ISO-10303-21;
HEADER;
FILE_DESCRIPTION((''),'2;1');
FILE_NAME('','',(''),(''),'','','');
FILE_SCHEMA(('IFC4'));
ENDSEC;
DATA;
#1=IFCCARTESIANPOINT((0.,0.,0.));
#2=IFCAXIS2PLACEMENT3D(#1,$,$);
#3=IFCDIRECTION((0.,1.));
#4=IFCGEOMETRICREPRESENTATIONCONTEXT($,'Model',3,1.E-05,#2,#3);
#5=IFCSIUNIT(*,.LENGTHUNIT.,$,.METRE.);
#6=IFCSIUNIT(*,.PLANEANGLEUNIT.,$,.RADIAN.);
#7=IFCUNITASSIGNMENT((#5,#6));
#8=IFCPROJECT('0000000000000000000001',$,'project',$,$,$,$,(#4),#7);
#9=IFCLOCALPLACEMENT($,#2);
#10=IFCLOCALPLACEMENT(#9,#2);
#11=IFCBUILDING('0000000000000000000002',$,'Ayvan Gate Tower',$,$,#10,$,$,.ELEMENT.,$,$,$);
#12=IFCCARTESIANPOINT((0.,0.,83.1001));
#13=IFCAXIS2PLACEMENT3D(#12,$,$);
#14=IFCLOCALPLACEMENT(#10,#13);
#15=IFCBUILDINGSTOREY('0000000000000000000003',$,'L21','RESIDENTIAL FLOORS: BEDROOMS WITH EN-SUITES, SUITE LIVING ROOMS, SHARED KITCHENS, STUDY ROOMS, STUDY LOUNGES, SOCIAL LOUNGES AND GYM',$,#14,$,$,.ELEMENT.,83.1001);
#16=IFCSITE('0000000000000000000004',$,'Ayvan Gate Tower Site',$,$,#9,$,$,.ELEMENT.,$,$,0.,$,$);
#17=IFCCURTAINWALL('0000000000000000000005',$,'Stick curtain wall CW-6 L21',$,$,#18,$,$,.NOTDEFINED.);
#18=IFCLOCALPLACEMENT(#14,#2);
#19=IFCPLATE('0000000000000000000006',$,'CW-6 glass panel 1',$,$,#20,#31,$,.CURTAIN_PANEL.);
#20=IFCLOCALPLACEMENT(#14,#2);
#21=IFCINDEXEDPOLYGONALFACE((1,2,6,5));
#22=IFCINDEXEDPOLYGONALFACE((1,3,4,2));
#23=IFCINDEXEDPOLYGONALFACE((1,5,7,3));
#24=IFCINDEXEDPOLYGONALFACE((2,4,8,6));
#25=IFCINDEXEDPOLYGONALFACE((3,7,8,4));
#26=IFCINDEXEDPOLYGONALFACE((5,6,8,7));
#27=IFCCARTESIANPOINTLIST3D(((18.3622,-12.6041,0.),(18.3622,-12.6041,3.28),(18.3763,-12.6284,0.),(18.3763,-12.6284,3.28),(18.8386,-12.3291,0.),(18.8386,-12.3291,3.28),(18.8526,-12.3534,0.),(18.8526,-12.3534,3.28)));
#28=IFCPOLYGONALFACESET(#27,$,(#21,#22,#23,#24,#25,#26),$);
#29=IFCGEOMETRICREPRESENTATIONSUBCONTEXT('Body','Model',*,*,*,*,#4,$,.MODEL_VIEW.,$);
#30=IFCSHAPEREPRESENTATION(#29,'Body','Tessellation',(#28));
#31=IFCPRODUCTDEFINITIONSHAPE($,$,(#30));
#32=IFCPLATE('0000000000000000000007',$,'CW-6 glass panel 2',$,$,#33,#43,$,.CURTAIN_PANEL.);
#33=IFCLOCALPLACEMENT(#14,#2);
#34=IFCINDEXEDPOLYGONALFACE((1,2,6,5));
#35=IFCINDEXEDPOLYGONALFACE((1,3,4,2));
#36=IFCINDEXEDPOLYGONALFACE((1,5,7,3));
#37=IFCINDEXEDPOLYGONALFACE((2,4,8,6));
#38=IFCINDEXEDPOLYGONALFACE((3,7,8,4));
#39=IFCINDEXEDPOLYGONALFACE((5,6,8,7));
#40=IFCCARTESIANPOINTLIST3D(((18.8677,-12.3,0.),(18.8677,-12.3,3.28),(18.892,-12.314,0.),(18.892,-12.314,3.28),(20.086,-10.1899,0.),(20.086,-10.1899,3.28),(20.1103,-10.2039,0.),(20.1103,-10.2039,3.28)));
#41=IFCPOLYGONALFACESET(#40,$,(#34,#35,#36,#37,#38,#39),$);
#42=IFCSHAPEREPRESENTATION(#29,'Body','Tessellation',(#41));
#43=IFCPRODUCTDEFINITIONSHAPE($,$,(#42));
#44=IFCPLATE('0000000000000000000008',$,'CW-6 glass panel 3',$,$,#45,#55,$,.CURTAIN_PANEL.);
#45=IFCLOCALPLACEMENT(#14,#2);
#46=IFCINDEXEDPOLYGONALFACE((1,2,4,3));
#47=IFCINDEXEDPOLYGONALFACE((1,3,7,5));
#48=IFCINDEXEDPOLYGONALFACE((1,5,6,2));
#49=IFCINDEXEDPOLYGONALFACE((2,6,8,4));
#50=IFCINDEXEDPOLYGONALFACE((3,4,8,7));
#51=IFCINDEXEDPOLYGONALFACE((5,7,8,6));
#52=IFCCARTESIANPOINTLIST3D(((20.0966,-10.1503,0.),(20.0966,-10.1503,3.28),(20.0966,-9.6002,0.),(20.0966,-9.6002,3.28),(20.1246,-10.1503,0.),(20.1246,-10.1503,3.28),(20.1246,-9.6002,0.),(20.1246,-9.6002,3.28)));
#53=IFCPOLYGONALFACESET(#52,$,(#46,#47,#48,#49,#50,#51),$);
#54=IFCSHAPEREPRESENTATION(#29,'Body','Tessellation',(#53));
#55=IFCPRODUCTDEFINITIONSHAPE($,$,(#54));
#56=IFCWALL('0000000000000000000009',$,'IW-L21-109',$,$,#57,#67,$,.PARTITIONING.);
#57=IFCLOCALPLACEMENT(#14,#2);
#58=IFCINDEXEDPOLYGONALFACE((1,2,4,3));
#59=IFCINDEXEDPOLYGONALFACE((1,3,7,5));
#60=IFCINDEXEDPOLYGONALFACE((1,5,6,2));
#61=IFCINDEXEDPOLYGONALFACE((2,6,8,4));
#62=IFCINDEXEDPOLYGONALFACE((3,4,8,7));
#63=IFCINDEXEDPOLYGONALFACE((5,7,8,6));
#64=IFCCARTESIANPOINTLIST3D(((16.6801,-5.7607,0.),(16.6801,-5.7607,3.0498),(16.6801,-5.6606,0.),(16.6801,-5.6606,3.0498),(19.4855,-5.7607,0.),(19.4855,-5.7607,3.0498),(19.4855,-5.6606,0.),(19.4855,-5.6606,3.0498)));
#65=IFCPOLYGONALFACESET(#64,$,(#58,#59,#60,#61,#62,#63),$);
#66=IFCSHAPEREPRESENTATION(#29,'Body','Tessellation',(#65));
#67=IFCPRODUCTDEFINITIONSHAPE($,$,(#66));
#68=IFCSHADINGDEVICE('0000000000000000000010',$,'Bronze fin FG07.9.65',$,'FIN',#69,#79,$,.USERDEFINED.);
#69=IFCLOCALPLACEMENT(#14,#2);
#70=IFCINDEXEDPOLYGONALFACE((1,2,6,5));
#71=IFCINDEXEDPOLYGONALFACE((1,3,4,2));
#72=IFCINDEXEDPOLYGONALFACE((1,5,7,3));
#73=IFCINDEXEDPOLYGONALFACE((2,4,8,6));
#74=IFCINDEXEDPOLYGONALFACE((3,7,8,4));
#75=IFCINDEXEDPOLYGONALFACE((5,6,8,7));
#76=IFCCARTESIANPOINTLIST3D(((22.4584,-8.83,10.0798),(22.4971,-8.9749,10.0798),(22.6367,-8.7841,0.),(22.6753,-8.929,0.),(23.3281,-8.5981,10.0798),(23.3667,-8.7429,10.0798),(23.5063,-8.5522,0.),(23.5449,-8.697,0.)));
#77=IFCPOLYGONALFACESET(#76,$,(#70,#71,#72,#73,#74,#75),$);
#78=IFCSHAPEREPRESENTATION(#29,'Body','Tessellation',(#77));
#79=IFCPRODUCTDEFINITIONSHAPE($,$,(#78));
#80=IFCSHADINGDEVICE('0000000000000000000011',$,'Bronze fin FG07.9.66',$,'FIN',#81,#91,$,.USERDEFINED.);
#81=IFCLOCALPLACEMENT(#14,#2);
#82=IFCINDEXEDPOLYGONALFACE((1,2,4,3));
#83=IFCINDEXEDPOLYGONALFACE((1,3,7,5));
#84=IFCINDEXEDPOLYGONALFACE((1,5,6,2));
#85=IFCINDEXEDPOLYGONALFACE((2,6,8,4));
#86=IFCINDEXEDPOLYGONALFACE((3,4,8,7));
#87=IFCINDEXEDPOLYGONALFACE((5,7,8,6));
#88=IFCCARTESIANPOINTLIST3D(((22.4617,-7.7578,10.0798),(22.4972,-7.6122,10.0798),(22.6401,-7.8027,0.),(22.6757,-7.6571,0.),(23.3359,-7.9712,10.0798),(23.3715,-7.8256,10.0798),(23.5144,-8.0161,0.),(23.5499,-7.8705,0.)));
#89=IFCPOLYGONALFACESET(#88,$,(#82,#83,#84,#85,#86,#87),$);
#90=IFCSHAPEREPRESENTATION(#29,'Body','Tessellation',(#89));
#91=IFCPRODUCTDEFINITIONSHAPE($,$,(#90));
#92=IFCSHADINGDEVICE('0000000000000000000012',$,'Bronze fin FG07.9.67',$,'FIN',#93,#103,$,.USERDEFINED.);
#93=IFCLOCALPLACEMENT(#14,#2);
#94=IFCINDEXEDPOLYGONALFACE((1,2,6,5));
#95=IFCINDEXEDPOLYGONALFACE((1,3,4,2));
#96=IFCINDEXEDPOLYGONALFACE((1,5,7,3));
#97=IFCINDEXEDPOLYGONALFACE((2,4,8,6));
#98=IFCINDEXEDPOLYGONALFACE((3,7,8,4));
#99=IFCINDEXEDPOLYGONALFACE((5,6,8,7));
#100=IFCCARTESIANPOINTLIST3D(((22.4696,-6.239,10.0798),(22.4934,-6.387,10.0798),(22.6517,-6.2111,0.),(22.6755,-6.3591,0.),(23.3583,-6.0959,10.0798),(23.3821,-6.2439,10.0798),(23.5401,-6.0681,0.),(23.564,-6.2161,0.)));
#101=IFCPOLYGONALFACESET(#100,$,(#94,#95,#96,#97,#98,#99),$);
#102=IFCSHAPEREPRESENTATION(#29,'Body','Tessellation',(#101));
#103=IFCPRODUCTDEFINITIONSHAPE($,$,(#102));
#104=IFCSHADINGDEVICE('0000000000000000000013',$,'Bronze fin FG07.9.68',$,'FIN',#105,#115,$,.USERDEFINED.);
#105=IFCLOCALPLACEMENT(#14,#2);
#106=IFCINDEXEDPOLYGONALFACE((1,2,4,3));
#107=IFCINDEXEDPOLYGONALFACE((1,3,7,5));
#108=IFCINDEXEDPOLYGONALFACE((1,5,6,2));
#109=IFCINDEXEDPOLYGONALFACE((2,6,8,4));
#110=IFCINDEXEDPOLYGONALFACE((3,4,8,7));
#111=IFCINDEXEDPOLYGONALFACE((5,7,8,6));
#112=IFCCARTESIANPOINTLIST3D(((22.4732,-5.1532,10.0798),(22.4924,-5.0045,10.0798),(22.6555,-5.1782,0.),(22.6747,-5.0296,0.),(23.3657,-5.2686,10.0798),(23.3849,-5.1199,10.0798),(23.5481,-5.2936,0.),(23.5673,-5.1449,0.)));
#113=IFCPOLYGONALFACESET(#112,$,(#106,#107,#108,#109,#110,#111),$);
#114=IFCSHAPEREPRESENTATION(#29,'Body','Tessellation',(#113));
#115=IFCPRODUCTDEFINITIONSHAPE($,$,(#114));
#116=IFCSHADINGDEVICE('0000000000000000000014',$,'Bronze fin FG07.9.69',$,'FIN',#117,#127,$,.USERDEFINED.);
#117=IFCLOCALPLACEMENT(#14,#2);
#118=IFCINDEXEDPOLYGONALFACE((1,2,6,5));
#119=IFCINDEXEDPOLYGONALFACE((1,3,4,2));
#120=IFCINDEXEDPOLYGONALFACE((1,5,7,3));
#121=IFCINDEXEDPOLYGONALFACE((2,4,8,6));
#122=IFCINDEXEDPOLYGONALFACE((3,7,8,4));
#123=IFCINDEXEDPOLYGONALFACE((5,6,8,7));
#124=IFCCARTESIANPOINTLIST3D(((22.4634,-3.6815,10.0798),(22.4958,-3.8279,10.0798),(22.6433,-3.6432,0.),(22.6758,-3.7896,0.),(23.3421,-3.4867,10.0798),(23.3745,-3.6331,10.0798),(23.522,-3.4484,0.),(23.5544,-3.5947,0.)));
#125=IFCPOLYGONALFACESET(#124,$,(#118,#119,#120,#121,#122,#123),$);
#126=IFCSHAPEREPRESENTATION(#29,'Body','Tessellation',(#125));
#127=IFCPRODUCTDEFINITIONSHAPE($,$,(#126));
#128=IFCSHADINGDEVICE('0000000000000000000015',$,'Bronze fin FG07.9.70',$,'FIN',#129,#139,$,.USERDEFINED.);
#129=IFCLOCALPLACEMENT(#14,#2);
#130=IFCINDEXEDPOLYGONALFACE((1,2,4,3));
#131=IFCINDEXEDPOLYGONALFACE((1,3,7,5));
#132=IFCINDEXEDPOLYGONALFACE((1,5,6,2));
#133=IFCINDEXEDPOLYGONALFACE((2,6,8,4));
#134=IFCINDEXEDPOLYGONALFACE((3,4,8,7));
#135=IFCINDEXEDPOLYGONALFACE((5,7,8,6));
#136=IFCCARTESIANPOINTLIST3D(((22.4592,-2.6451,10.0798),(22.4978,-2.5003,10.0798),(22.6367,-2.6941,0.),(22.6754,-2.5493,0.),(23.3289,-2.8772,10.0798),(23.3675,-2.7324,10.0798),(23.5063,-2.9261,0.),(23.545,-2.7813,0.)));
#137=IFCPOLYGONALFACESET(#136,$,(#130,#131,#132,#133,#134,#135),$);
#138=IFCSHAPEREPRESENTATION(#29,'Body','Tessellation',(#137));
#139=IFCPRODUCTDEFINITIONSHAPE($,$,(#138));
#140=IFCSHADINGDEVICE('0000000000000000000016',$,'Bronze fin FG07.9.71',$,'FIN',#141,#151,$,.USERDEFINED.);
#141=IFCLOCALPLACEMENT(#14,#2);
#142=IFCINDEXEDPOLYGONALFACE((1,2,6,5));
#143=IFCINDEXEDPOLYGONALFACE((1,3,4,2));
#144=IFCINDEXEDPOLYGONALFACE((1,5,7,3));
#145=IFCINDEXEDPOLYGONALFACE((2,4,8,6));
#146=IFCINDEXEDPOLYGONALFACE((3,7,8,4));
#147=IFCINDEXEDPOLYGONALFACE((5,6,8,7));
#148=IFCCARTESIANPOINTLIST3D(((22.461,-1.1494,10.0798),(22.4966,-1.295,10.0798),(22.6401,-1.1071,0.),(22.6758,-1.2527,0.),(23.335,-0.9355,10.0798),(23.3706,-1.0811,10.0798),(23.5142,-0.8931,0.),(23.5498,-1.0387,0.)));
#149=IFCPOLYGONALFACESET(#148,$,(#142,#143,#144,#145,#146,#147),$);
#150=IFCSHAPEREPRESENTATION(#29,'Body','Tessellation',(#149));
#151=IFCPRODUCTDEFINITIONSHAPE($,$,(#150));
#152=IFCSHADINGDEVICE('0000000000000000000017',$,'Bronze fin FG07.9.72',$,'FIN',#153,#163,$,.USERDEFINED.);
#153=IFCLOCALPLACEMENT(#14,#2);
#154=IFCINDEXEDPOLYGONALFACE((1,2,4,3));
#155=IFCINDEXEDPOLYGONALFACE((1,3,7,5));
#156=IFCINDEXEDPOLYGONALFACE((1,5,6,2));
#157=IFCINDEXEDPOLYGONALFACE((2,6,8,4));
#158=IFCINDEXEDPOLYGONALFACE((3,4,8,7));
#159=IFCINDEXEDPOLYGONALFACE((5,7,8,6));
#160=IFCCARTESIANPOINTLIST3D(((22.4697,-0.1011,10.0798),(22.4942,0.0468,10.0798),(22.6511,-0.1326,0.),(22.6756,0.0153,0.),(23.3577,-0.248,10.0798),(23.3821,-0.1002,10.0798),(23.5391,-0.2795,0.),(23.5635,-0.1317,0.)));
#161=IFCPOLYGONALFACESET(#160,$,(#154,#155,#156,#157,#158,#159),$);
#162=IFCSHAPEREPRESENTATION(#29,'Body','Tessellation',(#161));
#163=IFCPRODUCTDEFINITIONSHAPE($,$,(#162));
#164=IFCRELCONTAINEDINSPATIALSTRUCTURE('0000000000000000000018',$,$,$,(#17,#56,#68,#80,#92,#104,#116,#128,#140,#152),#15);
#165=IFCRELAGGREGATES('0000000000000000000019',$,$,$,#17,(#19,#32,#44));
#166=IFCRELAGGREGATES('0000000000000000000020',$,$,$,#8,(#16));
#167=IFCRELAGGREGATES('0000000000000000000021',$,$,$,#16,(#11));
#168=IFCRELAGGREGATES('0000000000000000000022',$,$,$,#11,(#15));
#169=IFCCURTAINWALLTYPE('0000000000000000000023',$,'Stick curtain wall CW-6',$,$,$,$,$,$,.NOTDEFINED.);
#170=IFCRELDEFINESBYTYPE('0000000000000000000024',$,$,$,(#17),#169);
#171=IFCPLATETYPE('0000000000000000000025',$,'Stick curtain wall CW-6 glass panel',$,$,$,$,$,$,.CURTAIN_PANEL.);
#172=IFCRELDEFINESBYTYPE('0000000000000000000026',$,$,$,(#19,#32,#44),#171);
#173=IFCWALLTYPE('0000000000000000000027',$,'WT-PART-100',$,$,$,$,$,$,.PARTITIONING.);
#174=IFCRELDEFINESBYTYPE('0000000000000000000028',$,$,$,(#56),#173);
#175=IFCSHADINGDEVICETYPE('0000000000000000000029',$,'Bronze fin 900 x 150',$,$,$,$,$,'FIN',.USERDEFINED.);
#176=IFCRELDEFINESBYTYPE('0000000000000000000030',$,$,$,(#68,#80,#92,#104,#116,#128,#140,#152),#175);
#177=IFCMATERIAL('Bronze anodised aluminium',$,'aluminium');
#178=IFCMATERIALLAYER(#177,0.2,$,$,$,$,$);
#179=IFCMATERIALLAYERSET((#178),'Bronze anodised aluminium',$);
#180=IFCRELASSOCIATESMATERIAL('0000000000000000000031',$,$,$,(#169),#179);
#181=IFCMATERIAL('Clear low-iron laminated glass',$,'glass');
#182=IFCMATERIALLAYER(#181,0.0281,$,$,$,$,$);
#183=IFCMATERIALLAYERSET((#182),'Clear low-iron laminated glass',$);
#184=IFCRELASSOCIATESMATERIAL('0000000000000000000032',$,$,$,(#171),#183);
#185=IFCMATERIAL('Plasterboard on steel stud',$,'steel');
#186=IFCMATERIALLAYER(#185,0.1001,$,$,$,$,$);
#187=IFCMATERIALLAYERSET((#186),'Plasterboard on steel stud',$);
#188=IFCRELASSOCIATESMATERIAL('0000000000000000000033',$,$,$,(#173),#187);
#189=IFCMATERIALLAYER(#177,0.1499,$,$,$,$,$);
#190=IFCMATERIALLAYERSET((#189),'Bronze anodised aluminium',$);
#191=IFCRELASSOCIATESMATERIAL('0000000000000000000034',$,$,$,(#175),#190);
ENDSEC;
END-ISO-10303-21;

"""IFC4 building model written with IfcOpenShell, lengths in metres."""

from ifc_helpers import new_model, si_unit, direction, frame, frame_2d, origin, origin_2d, place, context, subcontext, project, spatial, polyline, rectangle, outline, extrude, material, layer, layer_set, type_object, element, aggregate, save


model = new_model("IFC4")

# Units and contexts
model_context = context("Model", 3, precision=1e-05, world=origin(), true_north=direction((0.0, 1.0)))
body_context = subcontext(model_context, "Body", "Model", "MODEL_VIEW")
ifc_project = project(units=[si_unit("LENGTHUNIT", "METRE"), si_unit("PLANEANGLEUNIT", "RADIAN")], contexts=[model_context])

# Site, building, storey
site_placement = place(None, origin())
site = spatial("IfcSite", under=ifc_project, at=site_placement, Name="Ayvan Gate Tower Site", CompositionType="ELEMENT", RefElevation=0.0)
building_placement = place(site_placement, origin())
building = spatial("IfcBuilding", under=site, at=building_placement, Name="Ayvan Gate Tower", CompositionType="ELEMENT")
storey_placement = place(building_placement, frame((0.0, 0.0, 83.1001)))
storey = spatial("IfcBuildingStorey", under=building, at=storey_placement, Name="L21", Description="RESIDENTIAL FLOORS: BEDROOMS WITH EN-SUITES, SUITE LIVING ROOMS, SHARED KITCHENS, STUDY ROOMS, STUDY LOUNGES, SOCIAL LOUNGES AND GYM", CompositionType="ELEMENT", Elevation=83.1001)

# Curtain wall
ifc_material_1 = material(Name="Bronze anodised aluminium", Category="aluminium")
ifc_layer_1 = layer(ifc_material_1, 0.2)
ifc_layer_set_1 = layer_set([ifc_layer_1], Name="Bronze anodised aluminium")
curtain_wall_type_1 = type_object("IfcCurtainWallType", Name="Stick curtain wall CW-6", PredefinedType="NOTDEFINED", material=ifc_layer_set_1)
curtain_wall_1_placement = place(storey_placement, origin())
curtain_wall_1 = element("IfcCurtainWall", 1, at=curtain_wall_1_placement, inside=storey, type_object=curtain_wall_type_1, Name="Stick curtain wall CW-6 L21", PredefinedType="NOTDEFINED")

# Plates
ifc_material_2 = material(Name="Clear low-iron laminated glass", Category="glass")
ifc_layer_2 = layer(ifc_material_2, 0.0281)
ifc_layer_set_2 = layer_set([ifc_layer_2], Name="Clear low-iron laminated glass")
plate_type_1 = type_object("IfcPlateType", Name="Stick curtain wall CW-6 glass panel", PredefinedType="CURTAIN_PANEL", material=ifc_layer_set_2)
plate_1_placement = place(storey_placement, frame((18.6074, -12.4788, 0.0), z_axis=(0.0, 0.0, 1.0), x_axis=(0.866025, 0.5, 0.0)))
plate_1 = element("IfcPlate", 2, at=plate_1_placement, type_object=plate_type_1, Name="CW-6 glass panel 1", PredefinedType="CURTAIN_PANEL", context=body_context, shape_type="SweptSolid", body=[
    extrude(rectangle(XDim=0.55, YDim=0.0281, at=origin_2d()), origin(), (0.0, 0.0, 1.0), 3.28),
])
plate_2_placement = place(storey_placement, frame((19.489, -11.252, 0.0), z_axis=(0.0, 0.0, 1.0), x_axis=(0.5, 0.866025, 0.0)))
plate_2 = element("IfcPlate", 3, at=plate_2_placement, type_object=plate_type_1, Name="CW-6 glass panel 2", PredefinedType="CURTAIN_PANEL", context=body_context, shape_type="SweptSolid", body=[
    extrude(rectangle(XDim=2.4365, YDim=0.0281, at=origin_2d()), origin(), (0.0, 0.0, 1.0), 3.28),
])
plate_3_placement = place(storey_placement, frame((20.1106, -9.8752, 0.0), z_axis=(0.0, 0.0, 1.0), x_axis=(0.0, 1.0, 0.0)))
plate_3 = element("IfcPlate", 4, at=plate_3_placement, type_object=plate_type_1, Name="CW-6 glass panel 3", PredefinedType="CURTAIN_PANEL", context=body_context, shape_type="SweptSolid", body=[
    extrude(rectangle(XDim=0.55, YDim=0.0281, at=origin_2d()), origin(), (0.0, 0.0, 1.0), 3.28),
])
aggregate(curtain_wall_1, [plate_1, plate_2, plate_3])

# Wall
ifc_material_3 = material(Name="Plasterboard on steel stud", Category="steel")
ifc_layer_3 = layer(ifc_material_3, 0.1001)
ifc_layer_set_3 = layer_set([ifc_layer_3], Name="Plasterboard on steel stud")
wall_type = type_object("IfcWallType", Name="WT-PART-100", PredefinedType="PARTITIONING", material=ifc_layer_set_3)
wall_placement = place(storey_placement, frame((19.4856, -5.7107, 0.0), z_axis=(0.0, 0.0, 1.0), x_axis=(-1.0, 0.0, 0.0)))
element("IfcWall", 5, at=wall_placement, inside=storey, type_object=wall_type, Name="IW-L21-109", PredefinedType="PARTITIONING", context=body_context, shape_type="SweptSolid", body=[
    extrude(rectangle(XDim=2.8054, YDim=0.1001, at=frame_2d((1.4028, 0.0))), origin(), (0.0, 0.0, 1.0), 3.0498),
])

# Shading devices
ifc_layer_4 = layer(ifc_material_1, 0.1499)
ifc_layer_set_4 = layer_set([ifc_layer_4], Name="Bronze anodised aluminium")
shading_device_type = type_object("IfcShadingDeviceType", Name="Bronze fin 900 x 150", ElementType="FIN", PredefinedType="USERDEFINED", material=ifc_layer_set_4)
shading_device_1_placement = place(storey_placement, frame((22.6753, -8.929, 0.0), z_axis=(0.257696, -0.966226, 0.000157), x_axis=(0.966226, 0.257696, 0.0)))
element("IfcShadingDevice", 6, at=shading_device_1_placement, inside=storey, type_object=shading_device_type, Name="Bronze fin FG07.9.65", ObjectType="FIN", PredefinedType="USERDEFINED", context=body_context, shape_type="SweptSolid", body=[
    extrude(outline(polyline([(0.0, 0.0), (0.9, 0.0), (0.716, 10.0798), (-0.184, 10.0798), (0.0, 0.0)])), origin(), (0.0, 0.0, -1.0), 0.1499),
])
shading_device_2_placement = place(storey_placement, frame((22.6401, -7.8027, 0.0), z_axis=(-0.237106, -0.971484, 0.000131), x_axis=(0.971484, -0.237106, 0.0)))
element("IfcShadingDevice", 7, at=shading_device_2_placement, inside=storey, type_object=shading_device_type, Name="Bronze fin FG07.9.66", ObjectType="FIN", PredefinedType="USERDEFINED", context=body_context, shape_type="SweptSolid", body=[
    extrude(outline(polyline([(0.0, 0.0), (0.8999, 0.0), (0.7159, 10.0798), (-0.184, 10.0798), (0.0, 0.0)])), origin(), (0.0, 0.0, -1.0), 0.1499),
])
shading_device_3_placement = place(storey_placement, frame((22.6755, -6.3591, 0.0), z_axis=(0.158964, -0.987284, 0.000144), x_axis=(0.987284, 0.158964, 0.0)))
element("IfcShadingDevice", 8, at=shading_device_3_placement, inside=storey, type_object=shading_device_type, Name="Bronze fin FG07.9.67", ObjectType="FIN", PredefinedType="USERDEFINED", context=body_context, shape_type="SweptSolid", body=[
    extrude(outline(polyline([(0.0, 0.0), (0.8999, 0.0), (0.7159, 10.0798), (-0.1842, 10.0798), (0.0, 0.0)])), origin(), (0.0, 0.0, -1.0), 0.1499),
])
shading_device_4_placement = place(storey_placement, frame((22.6555, -5.1782, 0.0), z_axis=(-0.128174, -0.991752, 0.000143), x_axis=(0.991752, -0.128174, 0.0)))
element("IfcShadingDevice", 9, at=shading_device_4_placement, inside=storey, type_object=shading_device_type, Name="Bronze fin FG07.9.68", ObjectType="FIN", PredefinedType="USERDEFINED", context=body_context, shape_type="SweptSolid", body=[
    extrude(outline(polyline([(0.0, 0.0), (0.9, 0.0), (0.7159, 10.0798), (-0.1841, 10.0798), (0.0, 0.0)])), origin(), (0.0, 0.0, -1.0), 0.1499),
])
shading_device_5_placement = place(storey_placement, frame((22.6758, -3.7896, 0.0), z_axis=(0.216471, -0.976289, 0.000152), x_axis=(0.976289, 0.216471, 0.0)))
element("IfcShadingDevice", 10, at=shading_device_5_placement, inside=storey, type_object=shading_device_type, Name="Bronze fin FG07.9.69", ObjectType="FIN", PredefinedType="USERDEFINED", context=body_context, shape_type="SweptSolid", body=[
    extrude(outline(polyline([(0.0, 0.0), (0.9, 0.0), (0.716, 10.0798), (-0.184, 10.0798), (0.0, 0.0)])), origin(), (0.0, 0.0, -1.0), 0.1499),
])
shading_device_6_placement = place(storey_placement, frame((22.6367, -2.6941, 0.0), z_axis=(-0.257823, -0.966192, 0.000152), x_axis=(0.966192, -0.257823, 0.0)))
element("IfcShadingDevice", 11, at=shading_device_6_placement, inside=storey, type_object=shading_device_type, Name="Bronze fin FG07.9.70", ObjectType="FIN", PredefinedType="USERDEFINED", context=body_context, shape_type="SweptSolid", body=[
    extrude(outline(polyline([(0.0, 0.0), (0.9, 0.0), (0.7159, 10.0798), (-0.1841, 10.0798), (0.0, 0.0)])), origin(), (0.0, 0.0, -1.0), 0.1499),
])
shading_device_7_placement = place(storey_placement, frame((22.6758, -1.2527, 0.0), z_axis=(0.237809, -0.971312, 0.000146), x_axis=(0.971312, 0.237809, 0.0)))
element("IfcShadingDevice", 12, at=shading_device_7_placement, inside=storey, type_object=shading_device_type, Name="Bronze fin FG07.9.71", ObjectType="FIN", PredefinedType="USERDEFINED", context=body_context, shape_type="SweptSolid", body=[
    extrude(outline(polyline([(0.0, 0.0), (0.8999, 0.0), (0.7157, 10.0798), (-0.1841, 10.0798), (0.0, 0.0)])), origin(), (0.0, 0.0, -1.0), 0.1499),
])
shading_device_8_placement = place(storey_placement, frame((22.6511, -0.1326, 0.0), z_axis=(-0.163299, -0.986577, 0.000144), x_axis=(0.986577, -0.163299, 0.0)))
element("IfcShadingDevice", 13, at=shading_device_8_placement, inside=storey, type_object=shading_device_type, Name="Bronze fin FG07.9.72", ObjectType="FIN", PredefinedType="USERDEFINED", context=body_context, shape_type="SweptSolid", body=[
    extrude(outline(polyline([(0.0, 0.0), (0.9, 0.0), (0.7159, 10.0798), (-0.1841, 10.0798), (0.0, 0.0)])), origin(), (0.0, 0.0, -1.0), 0.1499),
])

save(model, "model.ifc")
